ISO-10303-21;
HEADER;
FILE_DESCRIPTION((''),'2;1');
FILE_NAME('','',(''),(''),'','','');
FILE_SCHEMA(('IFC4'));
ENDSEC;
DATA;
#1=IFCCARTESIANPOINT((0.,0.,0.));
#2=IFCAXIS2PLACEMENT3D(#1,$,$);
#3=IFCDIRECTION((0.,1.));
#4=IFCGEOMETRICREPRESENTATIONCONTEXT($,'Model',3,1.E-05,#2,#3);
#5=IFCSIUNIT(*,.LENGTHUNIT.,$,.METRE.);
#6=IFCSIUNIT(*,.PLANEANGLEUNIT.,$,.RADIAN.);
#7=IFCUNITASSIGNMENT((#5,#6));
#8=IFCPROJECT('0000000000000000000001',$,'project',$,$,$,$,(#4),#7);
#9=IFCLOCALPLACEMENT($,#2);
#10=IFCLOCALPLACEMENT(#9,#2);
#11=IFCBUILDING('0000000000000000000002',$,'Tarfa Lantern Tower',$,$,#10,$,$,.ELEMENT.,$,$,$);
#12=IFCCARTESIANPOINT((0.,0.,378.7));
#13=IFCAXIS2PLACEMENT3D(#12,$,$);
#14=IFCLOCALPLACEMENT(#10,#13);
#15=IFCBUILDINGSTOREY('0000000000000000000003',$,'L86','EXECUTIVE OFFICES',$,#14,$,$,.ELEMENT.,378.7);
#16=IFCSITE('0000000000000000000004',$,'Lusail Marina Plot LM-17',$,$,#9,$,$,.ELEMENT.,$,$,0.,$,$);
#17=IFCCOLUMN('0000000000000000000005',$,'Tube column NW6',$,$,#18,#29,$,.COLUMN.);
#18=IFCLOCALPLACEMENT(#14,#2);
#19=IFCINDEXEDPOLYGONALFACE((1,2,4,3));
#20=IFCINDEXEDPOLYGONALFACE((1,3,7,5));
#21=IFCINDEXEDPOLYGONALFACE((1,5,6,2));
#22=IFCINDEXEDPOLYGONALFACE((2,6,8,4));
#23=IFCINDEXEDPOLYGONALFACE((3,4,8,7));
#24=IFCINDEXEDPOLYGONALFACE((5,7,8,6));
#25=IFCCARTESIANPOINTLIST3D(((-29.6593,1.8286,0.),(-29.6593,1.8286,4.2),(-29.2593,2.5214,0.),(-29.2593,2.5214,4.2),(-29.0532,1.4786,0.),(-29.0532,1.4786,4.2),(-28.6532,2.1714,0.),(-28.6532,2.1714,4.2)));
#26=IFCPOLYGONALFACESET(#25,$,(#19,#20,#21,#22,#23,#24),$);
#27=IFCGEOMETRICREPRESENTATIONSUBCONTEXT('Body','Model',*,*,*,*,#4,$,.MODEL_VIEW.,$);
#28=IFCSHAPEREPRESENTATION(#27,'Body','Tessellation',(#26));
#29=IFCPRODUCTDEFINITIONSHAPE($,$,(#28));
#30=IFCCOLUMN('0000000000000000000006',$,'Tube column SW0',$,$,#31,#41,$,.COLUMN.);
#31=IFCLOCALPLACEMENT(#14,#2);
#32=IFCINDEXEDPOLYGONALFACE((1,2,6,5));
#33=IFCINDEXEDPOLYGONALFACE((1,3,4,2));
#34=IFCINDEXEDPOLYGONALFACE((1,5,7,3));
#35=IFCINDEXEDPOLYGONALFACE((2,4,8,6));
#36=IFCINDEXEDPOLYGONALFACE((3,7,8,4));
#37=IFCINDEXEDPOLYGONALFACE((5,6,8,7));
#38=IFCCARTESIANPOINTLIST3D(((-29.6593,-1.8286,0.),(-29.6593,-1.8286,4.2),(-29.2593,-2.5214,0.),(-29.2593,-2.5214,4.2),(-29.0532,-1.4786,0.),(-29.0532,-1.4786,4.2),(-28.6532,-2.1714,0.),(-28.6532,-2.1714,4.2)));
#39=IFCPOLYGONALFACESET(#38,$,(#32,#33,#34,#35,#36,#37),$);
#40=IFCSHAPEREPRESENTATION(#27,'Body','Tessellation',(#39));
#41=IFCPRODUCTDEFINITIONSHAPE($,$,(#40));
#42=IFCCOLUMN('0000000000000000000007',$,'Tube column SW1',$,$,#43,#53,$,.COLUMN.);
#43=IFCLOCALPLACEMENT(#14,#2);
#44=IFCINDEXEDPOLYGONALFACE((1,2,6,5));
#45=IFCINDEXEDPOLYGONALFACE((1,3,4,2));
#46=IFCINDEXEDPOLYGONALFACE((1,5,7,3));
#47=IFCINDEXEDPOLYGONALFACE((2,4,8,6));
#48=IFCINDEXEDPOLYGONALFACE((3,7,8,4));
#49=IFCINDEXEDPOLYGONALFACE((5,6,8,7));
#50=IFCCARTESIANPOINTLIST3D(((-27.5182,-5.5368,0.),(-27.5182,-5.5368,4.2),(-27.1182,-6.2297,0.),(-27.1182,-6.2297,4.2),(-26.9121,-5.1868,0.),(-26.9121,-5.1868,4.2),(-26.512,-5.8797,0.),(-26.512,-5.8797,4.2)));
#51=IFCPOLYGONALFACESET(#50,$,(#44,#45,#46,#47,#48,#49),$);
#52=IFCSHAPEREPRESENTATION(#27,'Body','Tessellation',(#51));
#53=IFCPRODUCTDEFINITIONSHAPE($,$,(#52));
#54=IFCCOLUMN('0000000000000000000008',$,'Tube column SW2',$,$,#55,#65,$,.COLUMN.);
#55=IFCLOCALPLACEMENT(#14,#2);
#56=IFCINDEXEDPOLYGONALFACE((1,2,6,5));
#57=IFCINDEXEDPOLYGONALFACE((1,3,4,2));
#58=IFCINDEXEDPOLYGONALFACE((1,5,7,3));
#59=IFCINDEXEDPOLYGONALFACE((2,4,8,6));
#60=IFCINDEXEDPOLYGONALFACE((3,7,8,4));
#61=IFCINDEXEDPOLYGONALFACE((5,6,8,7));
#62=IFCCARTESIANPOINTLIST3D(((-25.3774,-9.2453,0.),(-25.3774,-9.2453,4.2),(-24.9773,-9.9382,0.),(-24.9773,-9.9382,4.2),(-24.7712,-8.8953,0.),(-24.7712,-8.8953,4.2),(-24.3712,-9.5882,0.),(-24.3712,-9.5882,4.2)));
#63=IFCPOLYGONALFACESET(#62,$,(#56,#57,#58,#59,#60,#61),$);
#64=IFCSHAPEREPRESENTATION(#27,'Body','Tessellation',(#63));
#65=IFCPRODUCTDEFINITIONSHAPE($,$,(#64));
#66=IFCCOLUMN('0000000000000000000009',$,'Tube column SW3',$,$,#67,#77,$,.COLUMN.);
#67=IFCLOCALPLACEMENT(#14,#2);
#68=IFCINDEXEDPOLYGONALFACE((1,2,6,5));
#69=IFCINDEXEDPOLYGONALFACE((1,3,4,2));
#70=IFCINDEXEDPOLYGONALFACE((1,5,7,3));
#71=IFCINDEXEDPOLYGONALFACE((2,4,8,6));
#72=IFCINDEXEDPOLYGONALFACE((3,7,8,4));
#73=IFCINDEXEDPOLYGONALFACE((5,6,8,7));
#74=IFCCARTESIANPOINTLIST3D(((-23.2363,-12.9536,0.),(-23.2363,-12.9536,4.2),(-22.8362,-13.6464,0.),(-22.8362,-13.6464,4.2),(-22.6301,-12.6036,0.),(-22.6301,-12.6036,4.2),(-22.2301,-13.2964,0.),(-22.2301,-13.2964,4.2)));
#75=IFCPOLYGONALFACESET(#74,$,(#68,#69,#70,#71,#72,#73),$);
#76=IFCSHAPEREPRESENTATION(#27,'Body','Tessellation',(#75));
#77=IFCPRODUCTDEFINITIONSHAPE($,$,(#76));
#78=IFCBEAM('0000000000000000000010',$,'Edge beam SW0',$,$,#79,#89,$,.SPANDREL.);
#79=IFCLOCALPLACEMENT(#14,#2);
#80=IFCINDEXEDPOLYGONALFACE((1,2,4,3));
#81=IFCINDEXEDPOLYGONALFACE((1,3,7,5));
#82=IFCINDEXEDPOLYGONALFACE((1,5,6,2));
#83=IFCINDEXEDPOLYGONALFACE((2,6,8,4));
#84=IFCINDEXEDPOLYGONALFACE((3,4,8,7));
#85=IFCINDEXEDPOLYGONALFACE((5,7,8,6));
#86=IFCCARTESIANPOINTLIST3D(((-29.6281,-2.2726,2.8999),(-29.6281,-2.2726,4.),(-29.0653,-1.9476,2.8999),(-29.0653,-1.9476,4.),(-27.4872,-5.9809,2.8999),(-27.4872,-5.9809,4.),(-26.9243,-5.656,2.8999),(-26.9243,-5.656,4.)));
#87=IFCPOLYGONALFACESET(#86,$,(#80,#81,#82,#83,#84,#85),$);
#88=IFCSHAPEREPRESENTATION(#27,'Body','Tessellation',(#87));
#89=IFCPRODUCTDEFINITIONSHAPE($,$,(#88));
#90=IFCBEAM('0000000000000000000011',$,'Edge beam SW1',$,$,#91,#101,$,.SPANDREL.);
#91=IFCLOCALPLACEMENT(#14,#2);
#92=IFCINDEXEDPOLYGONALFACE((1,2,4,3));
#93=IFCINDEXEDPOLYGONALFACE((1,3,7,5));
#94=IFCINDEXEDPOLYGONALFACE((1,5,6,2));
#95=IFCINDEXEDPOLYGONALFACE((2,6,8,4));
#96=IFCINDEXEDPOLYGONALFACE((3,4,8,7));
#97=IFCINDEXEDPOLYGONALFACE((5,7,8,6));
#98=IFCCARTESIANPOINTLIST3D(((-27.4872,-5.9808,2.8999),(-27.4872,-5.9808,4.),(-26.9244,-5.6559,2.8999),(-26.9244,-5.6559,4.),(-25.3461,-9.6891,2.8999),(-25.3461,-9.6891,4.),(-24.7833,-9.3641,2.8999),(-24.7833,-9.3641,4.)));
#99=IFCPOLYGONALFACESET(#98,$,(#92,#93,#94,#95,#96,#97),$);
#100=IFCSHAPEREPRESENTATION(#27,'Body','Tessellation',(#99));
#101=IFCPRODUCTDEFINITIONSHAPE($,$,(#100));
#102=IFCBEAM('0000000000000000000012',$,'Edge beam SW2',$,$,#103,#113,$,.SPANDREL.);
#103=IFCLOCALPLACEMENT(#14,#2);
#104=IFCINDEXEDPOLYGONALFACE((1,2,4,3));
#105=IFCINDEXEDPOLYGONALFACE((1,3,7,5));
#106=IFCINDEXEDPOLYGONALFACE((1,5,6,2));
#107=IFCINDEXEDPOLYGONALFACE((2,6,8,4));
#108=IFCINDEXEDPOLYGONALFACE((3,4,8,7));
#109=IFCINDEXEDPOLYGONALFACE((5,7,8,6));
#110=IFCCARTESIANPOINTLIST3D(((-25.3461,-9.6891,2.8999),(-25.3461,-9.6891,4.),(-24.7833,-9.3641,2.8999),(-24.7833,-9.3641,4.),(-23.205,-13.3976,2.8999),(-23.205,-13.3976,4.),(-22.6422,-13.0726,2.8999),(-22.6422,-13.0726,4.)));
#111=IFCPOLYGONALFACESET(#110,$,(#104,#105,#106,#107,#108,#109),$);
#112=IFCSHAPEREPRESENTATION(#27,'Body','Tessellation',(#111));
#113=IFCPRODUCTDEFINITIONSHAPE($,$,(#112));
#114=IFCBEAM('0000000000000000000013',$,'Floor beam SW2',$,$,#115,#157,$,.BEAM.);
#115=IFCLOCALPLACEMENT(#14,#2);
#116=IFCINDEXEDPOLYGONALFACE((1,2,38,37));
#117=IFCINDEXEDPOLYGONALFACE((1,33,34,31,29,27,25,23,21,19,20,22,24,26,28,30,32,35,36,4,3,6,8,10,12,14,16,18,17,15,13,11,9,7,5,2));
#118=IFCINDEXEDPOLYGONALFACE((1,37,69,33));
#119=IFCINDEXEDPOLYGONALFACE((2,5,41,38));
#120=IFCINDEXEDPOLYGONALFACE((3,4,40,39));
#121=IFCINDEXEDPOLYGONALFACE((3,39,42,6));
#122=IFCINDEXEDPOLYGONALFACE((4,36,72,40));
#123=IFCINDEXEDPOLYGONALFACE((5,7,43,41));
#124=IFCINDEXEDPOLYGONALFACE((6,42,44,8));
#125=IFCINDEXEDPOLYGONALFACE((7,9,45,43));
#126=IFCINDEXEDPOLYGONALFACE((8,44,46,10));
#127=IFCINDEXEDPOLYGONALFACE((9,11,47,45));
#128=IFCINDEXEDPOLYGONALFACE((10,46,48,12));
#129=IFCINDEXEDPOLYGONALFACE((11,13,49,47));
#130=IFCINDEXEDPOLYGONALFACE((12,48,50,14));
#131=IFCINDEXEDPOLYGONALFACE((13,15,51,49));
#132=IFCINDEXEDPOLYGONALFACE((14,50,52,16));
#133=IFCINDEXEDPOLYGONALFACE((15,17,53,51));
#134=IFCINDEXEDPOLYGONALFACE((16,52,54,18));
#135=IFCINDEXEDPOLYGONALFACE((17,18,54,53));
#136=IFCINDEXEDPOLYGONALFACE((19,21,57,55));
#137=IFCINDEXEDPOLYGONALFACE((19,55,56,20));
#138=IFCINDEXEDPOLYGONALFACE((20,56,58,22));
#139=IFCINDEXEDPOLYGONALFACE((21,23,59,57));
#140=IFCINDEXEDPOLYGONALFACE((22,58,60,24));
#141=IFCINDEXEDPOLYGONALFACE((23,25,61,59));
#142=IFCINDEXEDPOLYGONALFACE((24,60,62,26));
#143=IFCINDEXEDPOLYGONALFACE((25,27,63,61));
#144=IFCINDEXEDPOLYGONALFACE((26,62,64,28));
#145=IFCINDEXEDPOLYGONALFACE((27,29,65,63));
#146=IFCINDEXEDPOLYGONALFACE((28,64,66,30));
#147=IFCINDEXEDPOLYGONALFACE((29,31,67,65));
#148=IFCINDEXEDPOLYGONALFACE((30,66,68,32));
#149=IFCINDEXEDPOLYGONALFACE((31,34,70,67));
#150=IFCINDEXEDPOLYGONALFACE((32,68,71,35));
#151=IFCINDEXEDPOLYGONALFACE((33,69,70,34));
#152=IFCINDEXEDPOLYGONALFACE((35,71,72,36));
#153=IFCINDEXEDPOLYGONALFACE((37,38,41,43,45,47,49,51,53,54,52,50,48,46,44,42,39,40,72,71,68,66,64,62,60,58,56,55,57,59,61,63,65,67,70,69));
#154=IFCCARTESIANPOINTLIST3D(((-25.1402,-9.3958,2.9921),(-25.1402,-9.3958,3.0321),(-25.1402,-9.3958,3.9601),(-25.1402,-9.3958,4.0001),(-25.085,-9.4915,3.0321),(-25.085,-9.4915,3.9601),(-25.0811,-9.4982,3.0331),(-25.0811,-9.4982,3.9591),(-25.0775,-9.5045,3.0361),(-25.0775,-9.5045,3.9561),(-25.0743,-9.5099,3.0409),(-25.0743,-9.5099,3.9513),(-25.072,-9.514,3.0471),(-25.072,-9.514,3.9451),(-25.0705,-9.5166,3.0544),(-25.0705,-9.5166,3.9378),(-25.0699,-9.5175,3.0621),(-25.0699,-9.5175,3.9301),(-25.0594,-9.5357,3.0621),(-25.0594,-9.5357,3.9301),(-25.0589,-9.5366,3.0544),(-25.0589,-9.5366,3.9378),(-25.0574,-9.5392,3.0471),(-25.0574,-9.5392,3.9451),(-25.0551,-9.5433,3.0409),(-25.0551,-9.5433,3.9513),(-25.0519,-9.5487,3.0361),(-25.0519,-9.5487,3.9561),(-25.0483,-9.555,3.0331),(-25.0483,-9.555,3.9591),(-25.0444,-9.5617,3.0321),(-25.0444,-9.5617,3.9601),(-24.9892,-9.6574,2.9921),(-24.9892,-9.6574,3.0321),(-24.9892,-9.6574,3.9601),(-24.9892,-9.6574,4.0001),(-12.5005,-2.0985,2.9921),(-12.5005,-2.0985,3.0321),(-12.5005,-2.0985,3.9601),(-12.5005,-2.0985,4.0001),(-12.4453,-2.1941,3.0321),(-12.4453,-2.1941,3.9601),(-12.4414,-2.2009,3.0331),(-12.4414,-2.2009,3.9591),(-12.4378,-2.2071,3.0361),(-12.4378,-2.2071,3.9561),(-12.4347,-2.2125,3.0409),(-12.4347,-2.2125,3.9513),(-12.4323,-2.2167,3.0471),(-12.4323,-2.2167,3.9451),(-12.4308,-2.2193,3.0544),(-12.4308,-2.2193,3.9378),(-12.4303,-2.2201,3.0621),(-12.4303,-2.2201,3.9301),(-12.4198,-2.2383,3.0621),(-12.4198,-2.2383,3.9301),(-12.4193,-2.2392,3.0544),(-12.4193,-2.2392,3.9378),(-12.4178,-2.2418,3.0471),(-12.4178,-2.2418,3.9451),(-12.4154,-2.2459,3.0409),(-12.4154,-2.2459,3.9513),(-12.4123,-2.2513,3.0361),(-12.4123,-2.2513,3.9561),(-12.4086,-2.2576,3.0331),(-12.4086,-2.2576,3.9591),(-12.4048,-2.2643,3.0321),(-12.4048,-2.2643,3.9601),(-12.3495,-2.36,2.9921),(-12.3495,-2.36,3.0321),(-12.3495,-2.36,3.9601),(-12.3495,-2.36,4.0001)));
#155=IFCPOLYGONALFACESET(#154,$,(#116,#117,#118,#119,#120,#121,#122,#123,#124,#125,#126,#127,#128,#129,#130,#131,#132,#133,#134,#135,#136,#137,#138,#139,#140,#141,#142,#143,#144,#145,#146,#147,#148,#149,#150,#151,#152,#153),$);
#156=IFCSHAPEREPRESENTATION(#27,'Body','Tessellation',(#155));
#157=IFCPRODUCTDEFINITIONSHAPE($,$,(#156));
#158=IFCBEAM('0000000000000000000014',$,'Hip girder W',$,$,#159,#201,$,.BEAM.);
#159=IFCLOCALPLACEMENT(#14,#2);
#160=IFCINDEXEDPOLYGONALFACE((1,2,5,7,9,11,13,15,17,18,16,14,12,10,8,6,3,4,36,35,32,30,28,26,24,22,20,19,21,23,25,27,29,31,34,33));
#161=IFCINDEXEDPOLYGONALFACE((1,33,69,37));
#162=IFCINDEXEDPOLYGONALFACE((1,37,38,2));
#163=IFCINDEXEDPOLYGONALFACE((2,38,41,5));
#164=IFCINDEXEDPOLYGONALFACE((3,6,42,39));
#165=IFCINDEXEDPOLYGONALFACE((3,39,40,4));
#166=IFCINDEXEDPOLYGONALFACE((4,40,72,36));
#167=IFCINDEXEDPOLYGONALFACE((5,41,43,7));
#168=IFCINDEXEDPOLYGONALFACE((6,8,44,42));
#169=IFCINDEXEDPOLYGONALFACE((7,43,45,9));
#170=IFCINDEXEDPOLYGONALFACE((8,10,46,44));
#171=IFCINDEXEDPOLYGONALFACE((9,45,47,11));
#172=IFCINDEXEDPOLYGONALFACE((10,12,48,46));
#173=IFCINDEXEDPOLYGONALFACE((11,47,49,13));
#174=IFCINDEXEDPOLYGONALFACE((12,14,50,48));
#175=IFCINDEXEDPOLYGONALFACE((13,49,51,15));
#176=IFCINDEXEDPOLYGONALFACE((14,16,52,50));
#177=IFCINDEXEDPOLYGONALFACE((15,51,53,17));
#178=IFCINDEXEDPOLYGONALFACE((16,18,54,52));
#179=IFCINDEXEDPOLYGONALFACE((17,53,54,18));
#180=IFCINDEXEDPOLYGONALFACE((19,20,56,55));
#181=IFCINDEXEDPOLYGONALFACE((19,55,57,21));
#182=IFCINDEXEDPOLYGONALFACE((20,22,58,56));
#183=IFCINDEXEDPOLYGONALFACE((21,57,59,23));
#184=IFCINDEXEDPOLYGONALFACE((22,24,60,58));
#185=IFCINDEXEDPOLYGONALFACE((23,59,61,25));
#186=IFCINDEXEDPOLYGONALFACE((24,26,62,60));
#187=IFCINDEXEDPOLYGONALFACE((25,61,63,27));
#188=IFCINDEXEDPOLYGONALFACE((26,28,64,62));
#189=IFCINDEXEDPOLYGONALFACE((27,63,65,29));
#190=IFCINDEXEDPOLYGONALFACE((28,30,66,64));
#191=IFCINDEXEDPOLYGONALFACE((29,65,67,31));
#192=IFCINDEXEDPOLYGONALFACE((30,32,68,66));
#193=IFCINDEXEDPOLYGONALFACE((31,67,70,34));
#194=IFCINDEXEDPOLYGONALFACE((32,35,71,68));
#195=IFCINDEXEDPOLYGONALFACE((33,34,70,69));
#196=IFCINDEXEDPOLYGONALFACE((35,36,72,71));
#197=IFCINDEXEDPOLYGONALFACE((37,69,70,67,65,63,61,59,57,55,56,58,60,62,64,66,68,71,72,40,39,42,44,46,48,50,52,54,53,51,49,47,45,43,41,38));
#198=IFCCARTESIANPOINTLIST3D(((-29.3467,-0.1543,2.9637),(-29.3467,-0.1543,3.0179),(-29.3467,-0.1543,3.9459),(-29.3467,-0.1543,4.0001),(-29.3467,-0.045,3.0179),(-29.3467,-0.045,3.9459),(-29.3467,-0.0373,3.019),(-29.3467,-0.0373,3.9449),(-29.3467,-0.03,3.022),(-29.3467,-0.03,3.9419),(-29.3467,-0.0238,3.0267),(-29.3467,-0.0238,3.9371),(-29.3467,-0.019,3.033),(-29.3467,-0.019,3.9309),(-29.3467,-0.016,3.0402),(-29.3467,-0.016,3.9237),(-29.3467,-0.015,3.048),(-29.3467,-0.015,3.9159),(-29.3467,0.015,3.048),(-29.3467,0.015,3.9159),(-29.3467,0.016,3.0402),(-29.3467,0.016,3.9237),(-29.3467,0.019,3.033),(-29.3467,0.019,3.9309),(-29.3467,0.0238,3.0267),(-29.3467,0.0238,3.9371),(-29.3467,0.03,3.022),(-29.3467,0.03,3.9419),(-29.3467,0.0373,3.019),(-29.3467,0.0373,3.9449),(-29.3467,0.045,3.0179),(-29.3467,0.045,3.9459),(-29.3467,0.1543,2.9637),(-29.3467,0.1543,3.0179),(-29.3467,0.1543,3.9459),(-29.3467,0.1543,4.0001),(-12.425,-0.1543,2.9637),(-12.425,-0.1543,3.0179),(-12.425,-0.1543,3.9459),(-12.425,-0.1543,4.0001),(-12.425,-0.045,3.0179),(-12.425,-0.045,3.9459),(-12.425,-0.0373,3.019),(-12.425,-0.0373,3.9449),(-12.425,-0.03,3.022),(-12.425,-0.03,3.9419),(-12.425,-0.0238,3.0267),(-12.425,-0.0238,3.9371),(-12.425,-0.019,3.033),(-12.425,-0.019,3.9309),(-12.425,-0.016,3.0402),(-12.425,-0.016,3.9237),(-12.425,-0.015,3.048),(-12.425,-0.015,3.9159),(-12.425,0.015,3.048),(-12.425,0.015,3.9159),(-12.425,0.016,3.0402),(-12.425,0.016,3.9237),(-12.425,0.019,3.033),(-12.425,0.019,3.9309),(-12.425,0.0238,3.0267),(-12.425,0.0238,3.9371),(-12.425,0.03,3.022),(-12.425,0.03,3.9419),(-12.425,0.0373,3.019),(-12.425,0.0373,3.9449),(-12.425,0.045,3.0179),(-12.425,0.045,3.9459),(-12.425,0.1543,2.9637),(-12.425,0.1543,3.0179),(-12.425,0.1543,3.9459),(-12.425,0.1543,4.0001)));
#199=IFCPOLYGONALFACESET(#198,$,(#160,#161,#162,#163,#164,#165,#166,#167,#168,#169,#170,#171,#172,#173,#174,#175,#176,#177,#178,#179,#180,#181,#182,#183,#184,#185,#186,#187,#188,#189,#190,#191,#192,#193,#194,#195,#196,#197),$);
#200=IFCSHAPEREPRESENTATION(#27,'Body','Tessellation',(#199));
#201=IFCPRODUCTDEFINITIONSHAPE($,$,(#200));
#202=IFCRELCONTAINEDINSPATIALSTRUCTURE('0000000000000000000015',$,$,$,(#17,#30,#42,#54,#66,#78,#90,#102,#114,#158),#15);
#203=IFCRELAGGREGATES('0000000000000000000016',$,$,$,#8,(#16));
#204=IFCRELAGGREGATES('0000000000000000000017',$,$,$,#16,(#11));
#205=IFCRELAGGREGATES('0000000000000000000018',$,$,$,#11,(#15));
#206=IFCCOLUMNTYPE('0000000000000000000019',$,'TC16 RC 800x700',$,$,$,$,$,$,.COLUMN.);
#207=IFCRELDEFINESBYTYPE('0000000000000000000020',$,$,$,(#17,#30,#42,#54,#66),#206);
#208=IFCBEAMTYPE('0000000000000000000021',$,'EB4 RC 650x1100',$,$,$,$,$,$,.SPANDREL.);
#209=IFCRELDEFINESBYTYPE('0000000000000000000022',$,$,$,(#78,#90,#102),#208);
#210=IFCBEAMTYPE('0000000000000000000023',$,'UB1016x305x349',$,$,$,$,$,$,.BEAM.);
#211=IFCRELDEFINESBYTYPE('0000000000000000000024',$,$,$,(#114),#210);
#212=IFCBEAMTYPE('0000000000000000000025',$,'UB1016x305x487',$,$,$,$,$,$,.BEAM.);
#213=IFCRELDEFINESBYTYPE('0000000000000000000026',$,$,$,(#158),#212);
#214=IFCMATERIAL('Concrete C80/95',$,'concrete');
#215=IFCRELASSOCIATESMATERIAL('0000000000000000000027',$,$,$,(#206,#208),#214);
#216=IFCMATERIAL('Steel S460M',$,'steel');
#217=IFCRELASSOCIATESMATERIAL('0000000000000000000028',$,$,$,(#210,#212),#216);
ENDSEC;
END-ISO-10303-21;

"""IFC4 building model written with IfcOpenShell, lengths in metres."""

from ifc_helpers import new_model, si_unit, direction, frame, origin, origin_2d, place, context, subcontext, project, spatial, rectangle, i_section, extrude, material, material_profile, profile_set, type_object, element, save


model = new_model("IFC4")

# Units and contexts
model_context = context("Model", 3, precision=1e-05, world=origin(), true_north=direction((0.0, 1.0)))
body_context = subcontext(model_context, "Body", "Model", "MODEL_VIEW")
ifc_project = project(units=[si_unit("LENGTHUNIT", "METRE"), si_unit("PLANEANGLEUNIT", "RADIAN")], contexts=[model_context])

# Site, building, storey
site_placement = place(None, origin())
site = spatial("IfcSite", under=ifc_project, at=site_placement, Name="Lusail Marina Plot LM-17", CompositionType="ELEMENT", RefElevation=0.0)
building_placement = place(site_placement, origin())
building = spatial("IfcBuilding", under=site, at=building_placement, Name="Tarfa Lantern Tower", CompositionType="ELEMENT")
storey_placement = place(building_placement, frame((0.0, 0.0, 378.7)))
storey = spatial("IfcBuildingStorey", under=building, at=storey_placement, Name="L86", Description="EXECUTIVE OFFICES", CompositionType="ELEMENT", Elevation=378.7)

# Columns
ifc_material_1 = material(Name="Concrete C80/95", Category="concrete")
ifc_material_profile_1 = material_profile(ifc_material_1, rectangle(XDim=0.8, YDim=0.7, at=origin_2d()), Name="RC 800x700")
ifc_profile_set_1 = profile_set([ifc_material_profile_1], Name="Concrete C80/95")
column_type = type_object("IfcColumnType", Name="TC16 RC 800x700", PredefinedType="COLUMN", material=ifc_profile_set_1)
for number, where, z_axis, x_axis, name in (
    (1, (-29.1562, 2.0, 0.0), (0.0, 0.0, 1.0), (-0.5, -0.866025, 0.0), "Tube column NW6"),
    (2, (-29.1562, -2.0, 0.0), (0.0, 0.0, 1.0), (0.5, -0.866025, 0.0), "Tube column SW0"),
    (3, (-27.0151, -5.7083, 0.0), (0.0, 0.0, 1.0), (0.5, -0.866025, 0.0), "Tube column SW1"),
    (4, (-24.8743, -9.4167, 0.0), (0.0, 0.0, 1.0), (0.5, -0.866025, 0.0), "Tube column SW2"),
    (5, (-22.7332, -13.125, 0.0), (0.0, 0.0, 1.0), (0.5, -0.866025, 0.0), "Tube column SW3"),
):
    element("IfcColumn", number, at=place(storey_placement, frame(where, z_axis=z_axis, x_axis=x_axis)), inside=storey, type_object=column_type, Name=name, PredefinedType="COLUMN", context=body_context, shape_type="SweptSolid", body=[
        extrude(rectangle(XDim=0.8, YDim=0.7, at=origin_2d()), origin(), (0.0, 0.0, 1.0), 4.2),
    ])

# Beams
ifc_material_profile_2 = material_profile(ifc_material_1, rectangle(XDim=0.6499, YDim=1.1001, at=origin_2d()), Name="RC 650x1100")
ifc_profile_set_2 = profile_set([ifc_material_profile_2], Name="Concrete C80/95")
beam_type_1 = type_object("IfcBeamType", Name="EB4 RC 650x1100", PredefinedType="SPANDREL", material=ifc_profile_set_2)
for number, where, z_axis, x_axis, name in (
    (6, (-29.3467, -2.1101, 3.45), (0.499984, -0.866035, 0.0), (0.866035, 0.499984, 0.0), "Edge beam SW0"),
    (7, (-27.2058, -5.8184, 3.45), (0.500027, -0.86601, 0.0), (0.86601, 0.500027, 0.0), "Edge beam SW1"),
):
    element("IfcBeam", number, at=place(storey_placement, frame(where, z_axis=z_axis, x_axis=x_axis)), inside=storey, type_object=beam_type_1, Name=name, PredefinedType="SPANDREL", context=body_context, shape_type="SweptSolid", body=[
        extrude(rectangle(XDim=0.6499, YDim=1.1001, at=origin_2d()), origin(), (0.0, 0.0, 1.0), 4.282),
    ])
beam_1_placement = place(storey_placement, frame((-25.0647, -9.5266, 3.45), z_axis=(0.500002, -0.866024, 0.0), x_axis=(0.866024, 0.500002, 0.0)))
element("IfcBeam", 8, at=beam_1_placement, inside=storey, type_object=beam_type_1, Name="Edge beam SW2", PredefinedType="SPANDREL", context=body_context, shape_type="SweptSolid", body=[
    extrude(rectangle(XDim=0.6499, YDim=1.1001, at=origin_2d()), origin(), (0.0, 0.0, 1.0), 4.2822),
])
ifc_material_2 = material(Name="Steel S460M", Category="steel")
ifc_material_profile_3 = material_profile(ifc_material_2, i_section(OverallWidth=0.302, OverallDepth=1.0081, WebThickness=0.021, FlangeThickness=0.04, FilletRadius=0.03, at=origin_2d()), Name="UB1016x305x349")
ifc_profile_set_3 = profile_set([ifc_material_profile_3], Name="Steel S460M")
beam_type_2 = type_object("IfcBeamType", Name="UB1016x305x349", PredefinedType="BEAM", material=ifc_profile_set_3)
beam_2_placement = place(storey_placement, frame((-25.0647, -9.5266, 3.4961), z_axis=(0.86603, 0.499993, 0.0), x_axis=(-0.499993, 0.86603, 0.0)))
element("IfcBeam", 9, at=beam_2_placement, inside=storey, type_object=beam_type_2, Name="Floor beam SW2", PredefinedType="BEAM", context=body_context, shape_type="SweptSolid", body=[
    extrude(i_section(OverallWidth=0.302, OverallDepth=1.0081, WebThickness=0.021, FlangeThickness=0.04, FilletRadius=0.03, at=origin_2d()), origin(), (0.0, 0.0, 1.0), 14.595),
])
ifc_material_profile_4 = material_profile(ifc_material_2, i_section(OverallWidth=0.3086, OverallDepth=1.0364, WebThickness=0.03, FlangeThickness=0.0542, FilletRadius=0.03, at=origin_2d()), Name="UB1016x305x487")
ifc_profile_set_4 = profile_set([ifc_material_profile_4], Name="Steel S460M")
beam_type_3 = type_object("IfcBeamType", Name="UB1016x305x487", PredefinedType="BEAM", material=ifc_profile_set_4)
beam_3_placement = place(storey_placement, frame((-12.425, 0.0, 3.4819), z_axis=(-1.0, 0.0, 0.0), x_axis=(0.0, -1.0, 0.0)))
element("IfcBeam", 10, at=beam_3_placement, inside=storey, type_object=beam_type_3, Name="Hip girder W", PredefinedType="BEAM", context=body_context, shape_type="SweptSolid", body=[
    extrude(i_section(OverallWidth=0.3086, OverallDepth=1.0364, WebThickness=0.03, FlangeThickness=0.0542, FilletRadius=0.03, at=origin_2d()), origin(), (0.0, 0.0, 1.0), 16.9216),
])

save(model, "model.ifc")
